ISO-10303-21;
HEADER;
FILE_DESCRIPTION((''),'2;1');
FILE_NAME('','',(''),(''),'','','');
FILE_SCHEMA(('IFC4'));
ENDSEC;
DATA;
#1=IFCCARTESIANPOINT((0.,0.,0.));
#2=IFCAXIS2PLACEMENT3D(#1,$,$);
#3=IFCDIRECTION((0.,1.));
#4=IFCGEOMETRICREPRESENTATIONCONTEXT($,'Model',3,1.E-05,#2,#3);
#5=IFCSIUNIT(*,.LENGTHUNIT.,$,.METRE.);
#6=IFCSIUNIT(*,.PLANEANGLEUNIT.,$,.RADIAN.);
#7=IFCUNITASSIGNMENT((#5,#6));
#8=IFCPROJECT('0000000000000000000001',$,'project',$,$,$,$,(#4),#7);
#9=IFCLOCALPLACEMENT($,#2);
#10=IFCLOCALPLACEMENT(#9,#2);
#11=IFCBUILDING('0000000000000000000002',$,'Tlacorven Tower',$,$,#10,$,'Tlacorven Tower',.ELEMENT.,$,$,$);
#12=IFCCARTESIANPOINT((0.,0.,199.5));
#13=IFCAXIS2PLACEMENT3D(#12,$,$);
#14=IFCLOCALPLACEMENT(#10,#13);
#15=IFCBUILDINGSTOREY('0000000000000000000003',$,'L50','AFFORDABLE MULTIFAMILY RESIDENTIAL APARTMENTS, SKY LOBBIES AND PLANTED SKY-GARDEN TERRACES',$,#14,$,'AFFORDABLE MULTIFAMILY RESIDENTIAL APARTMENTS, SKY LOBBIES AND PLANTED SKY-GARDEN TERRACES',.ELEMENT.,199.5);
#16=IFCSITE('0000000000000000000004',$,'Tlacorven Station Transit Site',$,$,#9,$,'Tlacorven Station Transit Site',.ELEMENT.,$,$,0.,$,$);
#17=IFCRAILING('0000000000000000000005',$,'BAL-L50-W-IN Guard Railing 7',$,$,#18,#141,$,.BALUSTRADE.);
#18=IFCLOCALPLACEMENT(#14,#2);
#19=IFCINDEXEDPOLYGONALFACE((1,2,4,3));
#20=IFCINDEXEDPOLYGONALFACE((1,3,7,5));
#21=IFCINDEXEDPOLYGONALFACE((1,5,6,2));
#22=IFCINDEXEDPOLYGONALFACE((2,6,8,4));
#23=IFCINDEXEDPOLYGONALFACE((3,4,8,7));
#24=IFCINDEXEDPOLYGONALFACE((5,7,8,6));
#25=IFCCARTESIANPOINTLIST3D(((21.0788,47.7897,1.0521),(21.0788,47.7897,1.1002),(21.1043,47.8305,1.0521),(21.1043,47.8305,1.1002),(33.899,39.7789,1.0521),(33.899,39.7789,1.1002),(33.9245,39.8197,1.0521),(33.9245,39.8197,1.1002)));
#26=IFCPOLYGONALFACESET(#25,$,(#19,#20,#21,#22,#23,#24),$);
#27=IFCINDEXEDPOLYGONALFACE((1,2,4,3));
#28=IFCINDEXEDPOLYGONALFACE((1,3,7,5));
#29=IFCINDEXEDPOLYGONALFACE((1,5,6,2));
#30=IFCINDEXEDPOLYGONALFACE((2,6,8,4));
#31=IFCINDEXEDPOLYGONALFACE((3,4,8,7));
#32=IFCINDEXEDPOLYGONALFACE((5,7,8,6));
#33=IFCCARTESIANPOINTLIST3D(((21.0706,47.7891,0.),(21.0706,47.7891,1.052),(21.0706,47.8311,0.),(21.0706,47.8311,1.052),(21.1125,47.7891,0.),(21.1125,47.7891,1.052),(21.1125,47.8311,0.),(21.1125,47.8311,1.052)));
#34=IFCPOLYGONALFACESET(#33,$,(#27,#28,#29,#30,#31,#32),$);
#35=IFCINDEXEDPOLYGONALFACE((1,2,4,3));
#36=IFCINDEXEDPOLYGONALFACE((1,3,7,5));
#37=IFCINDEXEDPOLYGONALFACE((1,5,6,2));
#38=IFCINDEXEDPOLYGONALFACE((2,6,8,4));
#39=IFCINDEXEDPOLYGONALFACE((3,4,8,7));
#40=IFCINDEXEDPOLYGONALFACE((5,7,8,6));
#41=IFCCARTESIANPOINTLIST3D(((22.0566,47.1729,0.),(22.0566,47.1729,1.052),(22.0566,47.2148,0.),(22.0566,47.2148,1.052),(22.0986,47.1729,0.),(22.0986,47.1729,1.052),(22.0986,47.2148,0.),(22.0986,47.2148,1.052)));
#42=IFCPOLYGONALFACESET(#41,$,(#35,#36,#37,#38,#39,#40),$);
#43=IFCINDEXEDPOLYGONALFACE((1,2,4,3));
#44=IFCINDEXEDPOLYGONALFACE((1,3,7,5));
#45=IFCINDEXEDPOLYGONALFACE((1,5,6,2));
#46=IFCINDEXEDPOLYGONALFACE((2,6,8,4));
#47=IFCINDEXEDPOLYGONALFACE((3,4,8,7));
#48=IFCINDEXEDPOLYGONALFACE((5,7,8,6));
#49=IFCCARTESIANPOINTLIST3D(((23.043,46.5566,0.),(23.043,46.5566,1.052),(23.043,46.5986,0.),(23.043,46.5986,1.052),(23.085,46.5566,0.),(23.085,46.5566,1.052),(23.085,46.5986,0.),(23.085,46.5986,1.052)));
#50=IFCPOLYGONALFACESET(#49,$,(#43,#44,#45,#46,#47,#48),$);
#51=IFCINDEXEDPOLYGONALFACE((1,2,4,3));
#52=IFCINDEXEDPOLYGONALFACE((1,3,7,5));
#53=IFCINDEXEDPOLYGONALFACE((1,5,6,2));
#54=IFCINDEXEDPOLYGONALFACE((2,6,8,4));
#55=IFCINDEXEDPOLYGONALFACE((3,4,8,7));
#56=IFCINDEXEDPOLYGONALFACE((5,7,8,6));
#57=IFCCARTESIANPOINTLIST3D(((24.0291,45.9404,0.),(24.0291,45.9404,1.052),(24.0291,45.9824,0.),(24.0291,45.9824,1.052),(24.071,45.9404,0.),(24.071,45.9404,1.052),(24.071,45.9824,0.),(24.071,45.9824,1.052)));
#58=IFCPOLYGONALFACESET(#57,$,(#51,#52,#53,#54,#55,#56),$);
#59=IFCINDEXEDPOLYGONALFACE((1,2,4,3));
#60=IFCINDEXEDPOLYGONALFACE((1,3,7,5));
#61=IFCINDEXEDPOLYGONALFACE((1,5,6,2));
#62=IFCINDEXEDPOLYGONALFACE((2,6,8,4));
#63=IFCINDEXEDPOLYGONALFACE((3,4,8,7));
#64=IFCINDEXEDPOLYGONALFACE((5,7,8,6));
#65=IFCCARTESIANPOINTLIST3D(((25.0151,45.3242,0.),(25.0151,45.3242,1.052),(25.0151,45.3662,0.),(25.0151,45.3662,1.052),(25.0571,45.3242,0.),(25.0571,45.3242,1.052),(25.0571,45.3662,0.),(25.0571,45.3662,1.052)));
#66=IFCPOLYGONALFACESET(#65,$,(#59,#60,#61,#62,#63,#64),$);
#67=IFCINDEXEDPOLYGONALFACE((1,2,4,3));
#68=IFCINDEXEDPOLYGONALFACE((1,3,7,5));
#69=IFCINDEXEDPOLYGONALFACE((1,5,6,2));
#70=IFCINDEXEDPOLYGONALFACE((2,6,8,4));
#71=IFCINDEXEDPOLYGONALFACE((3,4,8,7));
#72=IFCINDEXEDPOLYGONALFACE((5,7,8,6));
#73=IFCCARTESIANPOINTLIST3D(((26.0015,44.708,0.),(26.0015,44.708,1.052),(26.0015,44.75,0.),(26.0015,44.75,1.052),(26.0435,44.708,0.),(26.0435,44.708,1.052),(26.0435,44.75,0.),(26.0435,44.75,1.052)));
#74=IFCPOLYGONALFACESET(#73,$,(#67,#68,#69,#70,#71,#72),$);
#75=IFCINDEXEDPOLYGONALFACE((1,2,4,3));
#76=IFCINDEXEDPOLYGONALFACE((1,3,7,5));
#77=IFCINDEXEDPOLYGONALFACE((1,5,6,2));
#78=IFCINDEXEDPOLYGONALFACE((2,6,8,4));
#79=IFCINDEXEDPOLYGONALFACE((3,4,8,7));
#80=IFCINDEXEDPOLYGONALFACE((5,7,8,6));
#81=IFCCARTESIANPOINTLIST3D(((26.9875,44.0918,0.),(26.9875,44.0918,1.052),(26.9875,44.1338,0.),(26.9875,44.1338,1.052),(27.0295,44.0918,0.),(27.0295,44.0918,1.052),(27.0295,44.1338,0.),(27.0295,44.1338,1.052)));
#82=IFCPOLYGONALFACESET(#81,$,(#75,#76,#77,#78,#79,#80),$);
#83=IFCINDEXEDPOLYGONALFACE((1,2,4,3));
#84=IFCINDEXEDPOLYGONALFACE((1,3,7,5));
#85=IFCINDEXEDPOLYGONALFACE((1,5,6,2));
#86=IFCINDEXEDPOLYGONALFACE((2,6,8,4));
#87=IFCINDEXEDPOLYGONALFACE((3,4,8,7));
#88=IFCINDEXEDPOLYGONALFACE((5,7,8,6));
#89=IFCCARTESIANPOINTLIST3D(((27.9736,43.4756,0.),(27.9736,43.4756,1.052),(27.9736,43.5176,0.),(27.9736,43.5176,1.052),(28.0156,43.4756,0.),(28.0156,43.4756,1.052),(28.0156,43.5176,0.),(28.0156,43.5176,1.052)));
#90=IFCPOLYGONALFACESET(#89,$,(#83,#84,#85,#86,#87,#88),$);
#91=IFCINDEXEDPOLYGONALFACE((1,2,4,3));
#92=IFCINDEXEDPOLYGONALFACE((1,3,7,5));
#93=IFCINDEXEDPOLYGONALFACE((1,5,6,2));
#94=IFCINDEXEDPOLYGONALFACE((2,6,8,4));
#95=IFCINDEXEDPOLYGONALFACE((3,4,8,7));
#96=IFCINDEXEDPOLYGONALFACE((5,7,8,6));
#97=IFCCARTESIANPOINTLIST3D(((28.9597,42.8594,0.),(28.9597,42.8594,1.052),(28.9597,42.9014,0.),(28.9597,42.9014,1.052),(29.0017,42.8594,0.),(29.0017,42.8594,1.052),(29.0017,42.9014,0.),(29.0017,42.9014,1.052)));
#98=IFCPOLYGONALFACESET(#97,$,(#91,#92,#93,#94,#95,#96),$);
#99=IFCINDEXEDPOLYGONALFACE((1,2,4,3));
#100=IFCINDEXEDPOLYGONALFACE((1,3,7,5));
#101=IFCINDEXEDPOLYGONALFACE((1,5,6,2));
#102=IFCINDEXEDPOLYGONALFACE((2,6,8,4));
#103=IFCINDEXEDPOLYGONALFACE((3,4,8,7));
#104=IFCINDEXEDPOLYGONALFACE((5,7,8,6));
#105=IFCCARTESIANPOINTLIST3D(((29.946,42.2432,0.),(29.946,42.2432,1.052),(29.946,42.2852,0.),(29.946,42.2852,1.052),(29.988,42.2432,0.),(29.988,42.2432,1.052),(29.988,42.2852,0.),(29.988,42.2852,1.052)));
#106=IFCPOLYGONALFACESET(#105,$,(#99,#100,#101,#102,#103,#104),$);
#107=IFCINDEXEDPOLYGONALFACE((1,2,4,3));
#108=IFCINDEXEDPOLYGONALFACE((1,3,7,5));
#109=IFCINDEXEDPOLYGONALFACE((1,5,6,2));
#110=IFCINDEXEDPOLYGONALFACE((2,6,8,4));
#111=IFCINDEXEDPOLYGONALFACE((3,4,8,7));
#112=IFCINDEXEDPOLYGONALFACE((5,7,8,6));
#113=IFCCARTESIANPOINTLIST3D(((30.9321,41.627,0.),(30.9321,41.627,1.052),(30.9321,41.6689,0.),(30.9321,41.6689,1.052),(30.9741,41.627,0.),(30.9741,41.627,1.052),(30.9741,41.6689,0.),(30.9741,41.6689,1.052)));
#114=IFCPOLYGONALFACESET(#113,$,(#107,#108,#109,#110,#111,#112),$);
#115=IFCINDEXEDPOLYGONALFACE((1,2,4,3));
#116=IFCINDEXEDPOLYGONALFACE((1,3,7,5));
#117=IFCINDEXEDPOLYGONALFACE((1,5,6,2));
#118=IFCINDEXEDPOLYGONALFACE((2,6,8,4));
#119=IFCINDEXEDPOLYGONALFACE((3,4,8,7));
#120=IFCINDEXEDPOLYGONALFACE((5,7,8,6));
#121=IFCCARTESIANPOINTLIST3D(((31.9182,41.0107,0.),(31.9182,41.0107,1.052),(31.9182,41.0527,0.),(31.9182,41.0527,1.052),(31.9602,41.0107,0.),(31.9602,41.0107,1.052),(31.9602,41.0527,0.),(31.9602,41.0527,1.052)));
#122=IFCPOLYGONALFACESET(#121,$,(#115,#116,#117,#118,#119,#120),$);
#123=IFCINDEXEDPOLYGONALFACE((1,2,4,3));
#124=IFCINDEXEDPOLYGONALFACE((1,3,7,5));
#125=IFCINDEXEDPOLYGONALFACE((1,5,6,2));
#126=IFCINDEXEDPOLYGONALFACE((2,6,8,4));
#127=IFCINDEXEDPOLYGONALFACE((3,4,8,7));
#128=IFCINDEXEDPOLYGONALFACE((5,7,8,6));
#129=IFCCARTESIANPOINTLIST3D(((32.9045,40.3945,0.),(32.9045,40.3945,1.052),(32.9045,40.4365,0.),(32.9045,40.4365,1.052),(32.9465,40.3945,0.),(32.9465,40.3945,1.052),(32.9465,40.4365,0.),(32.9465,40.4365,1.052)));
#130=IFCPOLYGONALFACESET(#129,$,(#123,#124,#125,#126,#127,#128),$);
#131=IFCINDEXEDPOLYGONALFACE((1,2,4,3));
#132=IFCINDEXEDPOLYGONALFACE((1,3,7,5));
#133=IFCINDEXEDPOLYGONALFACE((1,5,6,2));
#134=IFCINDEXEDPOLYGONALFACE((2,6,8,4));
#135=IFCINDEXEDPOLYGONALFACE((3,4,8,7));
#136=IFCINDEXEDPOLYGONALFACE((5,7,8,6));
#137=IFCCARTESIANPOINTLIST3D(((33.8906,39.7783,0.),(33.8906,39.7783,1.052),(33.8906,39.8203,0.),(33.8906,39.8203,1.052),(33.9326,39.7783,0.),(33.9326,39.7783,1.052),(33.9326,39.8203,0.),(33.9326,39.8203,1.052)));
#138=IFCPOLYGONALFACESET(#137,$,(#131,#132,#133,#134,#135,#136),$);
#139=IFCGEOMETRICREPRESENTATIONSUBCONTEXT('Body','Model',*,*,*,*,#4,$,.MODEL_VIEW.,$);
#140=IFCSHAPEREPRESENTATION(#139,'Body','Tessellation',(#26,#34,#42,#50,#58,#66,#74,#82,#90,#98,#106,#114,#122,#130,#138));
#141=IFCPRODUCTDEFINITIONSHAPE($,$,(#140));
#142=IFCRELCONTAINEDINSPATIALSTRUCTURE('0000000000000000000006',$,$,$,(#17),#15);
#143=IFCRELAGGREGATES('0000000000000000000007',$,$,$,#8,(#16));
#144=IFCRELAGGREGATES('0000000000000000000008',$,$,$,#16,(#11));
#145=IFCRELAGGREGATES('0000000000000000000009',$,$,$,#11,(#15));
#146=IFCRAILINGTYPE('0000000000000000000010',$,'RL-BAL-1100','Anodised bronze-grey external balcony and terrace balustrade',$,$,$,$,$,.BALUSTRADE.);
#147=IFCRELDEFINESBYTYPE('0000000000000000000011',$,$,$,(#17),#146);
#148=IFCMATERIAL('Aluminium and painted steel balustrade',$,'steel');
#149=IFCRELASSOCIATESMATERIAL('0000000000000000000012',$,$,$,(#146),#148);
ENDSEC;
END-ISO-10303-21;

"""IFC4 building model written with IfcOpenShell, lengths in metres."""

from ifc_helpers import new_model, si_unit, direction, frame, origin, origin_2d, place, context, subcontext, project, spatial, rectangle, extrude, source, transform, mapped, material, type_object, element, save


model = new_model("IFC4")

# Units and contexts
model_context = context("Model", 3, precision=1e-05, world=origin(), true_north=direction((0.0, 1.0)))
body_context = subcontext(model_context, "Body", "Model", "MODEL_VIEW")
ifc_project = project(units=[si_unit("LENGTHUNIT", "METRE"), si_unit("PLANEANGLEUNIT", "RADIAN")], contexts=[model_context])

# Site, building, storey
site_placement = place(None, origin())
site = spatial("IfcSite", under=ifc_project, at=site_placement, Name="Tlacorven Station Transit Site", LongName="Tlacorven Station Transit Site", CompositionType="ELEMENT", RefElevation=0.0)
building_placement = place(site_placement, origin())
building = spatial("IfcBuilding", under=site, at=building_placement, Name="Tlacorven Tower", LongName="Tlacorven Tower", CompositionType="ELEMENT")
storey_placement = place(building_placement, frame((0.0, 0.0, 199.5)))
storey = spatial("IfcBuildingStorey", under=building, at=storey_placement, Name="L50", Description="AFFORDABLE MULTIFAMILY RESIDENTIAL APARTMENTS, SKY LOBBIES AND PLANTED SKY-GARDEN TERRACES", LongName="AFFORDABLE MULTIFAMILY RESIDENTIAL APARTMENTS, SKY LOBBIES AND PLANTED SKY-GARDEN TERRACES", CompositionType="ELEMENT", Elevation=199.5)

# Shared definitions
ifc_material_1 = material(Name="Aluminium and painted steel balustrade", Category="steel")
railing_type = type_object("IfcRailingType", Name="RL-BAL-1100", Description="Anodised bronze-grey external balcony and terrace balustrade", PredefinedType="BALUSTRADE", material=ifc_material_1)

# Railing
shared_shape_1 = source(origin(), body_context, "Body", "SweptSolid", [
    extrude(rectangle(XDim=0.0481, YDim=0.0481, at=origin_2d()), frame((0.0, 0.0, 1.0762), z_axis=(0.848052, -0.529913, 0.0), x_axis=(0.529913, 0.848052, 0.0)), (0.0, 0.0, 1.0), 15.1172),
    extrude(rectangle(XDim=0.042, YDim=0.042, at=origin_2d()), origin(), (0.0, 0.0, 1.0), 1.052),
    extrude(rectangle(XDim=0.042, YDim=0.042, at=origin_2d()), frame((0.9861, -0.6162, 0.0)), (0.0, 0.0, 1.0), 1.052),
    extrude(rectangle(XDim=0.042, YDim=0.042, at=origin_2d()), frame((1.9724, -1.2324, 0.0)), (0.0, 0.0, 1.0), 1.052),
    extrude(rectangle(XDim=0.042, YDim=0.042, at=origin_2d()), frame((2.9585, -1.8486, 0.0)), (0.0, 0.0, 1.0), 1.052),
    extrude(rectangle(XDim=0.042, YDim=0.042, at=origin_2d()), frame((3.9446, -2.4648, 0.0)), (0.0, 0.0, 1.0), 1.052),
    extrude(rectangle(XDim=0.042, YDim=0.042, at=origin_2d()), frame((4.9309, -3.0811, 0.0)), (0.0, 0.0, 1.0), 1.052),
    extrude(rectangle(XDim=0.042, YDim=0.042, at=origin_2d()), frame((5.917, -3.6973, 0.0)), (0.0, 0.0, 1.0), 1.052),
    extrude(rectangle(XDim=0.042, YDim=0.042, at=origin_2d()), frame((6.9031, -4.3135, 0.0)), (0.0, 0.0, 1.0), 1.052),
    extrude(rectangle(XDim=0.042, YDim=0.042, at=origin_2d()), frame((7.8892, -4.9297, 0.0)), (0.0, 0.0, 1.0), 1.052),
    extrude(rectangle(XDim=0.042, YDim=0.042, at=origin_2d()), frame((8.8755, -5.5459, 0.0)), (0.0, 0.0, 1.0), 1.052),
    extrude(rectangle(XDim=0.042, YDim=0.042, at=origin_2d()), frame((9.8616, -6.1621, 0.0)), (0.0, 0.0, 1.0), 1.052),
    extrude(rectangle(XDim=0.042, YDim=0.042, at=origin_2d()), frame((10.8477, -6.7783, 0.0)), (0.0, 0.0, 1.0), 1.052),
    extrude(rectangle(XDim=0.042, YDim=0.042, at=origin_2d()), frame((11.834, -7.3945, 0.0)), (0.0, 0.0, 1.0), 1.052),
    extrude(rectangle(XDim=0.042, YDim=0.042, at=origin_2d()), frame((12.8201, -8.0107, 0.0)), (0.0, 0.0, 1.0), 1.052),
])
railing_1_placement = place(storey_placement, frame((21.0916, 47.8101, 0.0)))
element("IfcRailing", 1, at=railing_1_placement, inside=storey, type_object=railing_type, Name="BAL-L50-W-IN Guard Railing 7", PredefinedType="BALUSTRADE", context=body_context, shape_type="MappedRepresentation", body=[
    mapped(shared_shape_1, transform((0.0, 0.0, 0.0), scale=1.0)),
])

save(model, "model.ifc")
